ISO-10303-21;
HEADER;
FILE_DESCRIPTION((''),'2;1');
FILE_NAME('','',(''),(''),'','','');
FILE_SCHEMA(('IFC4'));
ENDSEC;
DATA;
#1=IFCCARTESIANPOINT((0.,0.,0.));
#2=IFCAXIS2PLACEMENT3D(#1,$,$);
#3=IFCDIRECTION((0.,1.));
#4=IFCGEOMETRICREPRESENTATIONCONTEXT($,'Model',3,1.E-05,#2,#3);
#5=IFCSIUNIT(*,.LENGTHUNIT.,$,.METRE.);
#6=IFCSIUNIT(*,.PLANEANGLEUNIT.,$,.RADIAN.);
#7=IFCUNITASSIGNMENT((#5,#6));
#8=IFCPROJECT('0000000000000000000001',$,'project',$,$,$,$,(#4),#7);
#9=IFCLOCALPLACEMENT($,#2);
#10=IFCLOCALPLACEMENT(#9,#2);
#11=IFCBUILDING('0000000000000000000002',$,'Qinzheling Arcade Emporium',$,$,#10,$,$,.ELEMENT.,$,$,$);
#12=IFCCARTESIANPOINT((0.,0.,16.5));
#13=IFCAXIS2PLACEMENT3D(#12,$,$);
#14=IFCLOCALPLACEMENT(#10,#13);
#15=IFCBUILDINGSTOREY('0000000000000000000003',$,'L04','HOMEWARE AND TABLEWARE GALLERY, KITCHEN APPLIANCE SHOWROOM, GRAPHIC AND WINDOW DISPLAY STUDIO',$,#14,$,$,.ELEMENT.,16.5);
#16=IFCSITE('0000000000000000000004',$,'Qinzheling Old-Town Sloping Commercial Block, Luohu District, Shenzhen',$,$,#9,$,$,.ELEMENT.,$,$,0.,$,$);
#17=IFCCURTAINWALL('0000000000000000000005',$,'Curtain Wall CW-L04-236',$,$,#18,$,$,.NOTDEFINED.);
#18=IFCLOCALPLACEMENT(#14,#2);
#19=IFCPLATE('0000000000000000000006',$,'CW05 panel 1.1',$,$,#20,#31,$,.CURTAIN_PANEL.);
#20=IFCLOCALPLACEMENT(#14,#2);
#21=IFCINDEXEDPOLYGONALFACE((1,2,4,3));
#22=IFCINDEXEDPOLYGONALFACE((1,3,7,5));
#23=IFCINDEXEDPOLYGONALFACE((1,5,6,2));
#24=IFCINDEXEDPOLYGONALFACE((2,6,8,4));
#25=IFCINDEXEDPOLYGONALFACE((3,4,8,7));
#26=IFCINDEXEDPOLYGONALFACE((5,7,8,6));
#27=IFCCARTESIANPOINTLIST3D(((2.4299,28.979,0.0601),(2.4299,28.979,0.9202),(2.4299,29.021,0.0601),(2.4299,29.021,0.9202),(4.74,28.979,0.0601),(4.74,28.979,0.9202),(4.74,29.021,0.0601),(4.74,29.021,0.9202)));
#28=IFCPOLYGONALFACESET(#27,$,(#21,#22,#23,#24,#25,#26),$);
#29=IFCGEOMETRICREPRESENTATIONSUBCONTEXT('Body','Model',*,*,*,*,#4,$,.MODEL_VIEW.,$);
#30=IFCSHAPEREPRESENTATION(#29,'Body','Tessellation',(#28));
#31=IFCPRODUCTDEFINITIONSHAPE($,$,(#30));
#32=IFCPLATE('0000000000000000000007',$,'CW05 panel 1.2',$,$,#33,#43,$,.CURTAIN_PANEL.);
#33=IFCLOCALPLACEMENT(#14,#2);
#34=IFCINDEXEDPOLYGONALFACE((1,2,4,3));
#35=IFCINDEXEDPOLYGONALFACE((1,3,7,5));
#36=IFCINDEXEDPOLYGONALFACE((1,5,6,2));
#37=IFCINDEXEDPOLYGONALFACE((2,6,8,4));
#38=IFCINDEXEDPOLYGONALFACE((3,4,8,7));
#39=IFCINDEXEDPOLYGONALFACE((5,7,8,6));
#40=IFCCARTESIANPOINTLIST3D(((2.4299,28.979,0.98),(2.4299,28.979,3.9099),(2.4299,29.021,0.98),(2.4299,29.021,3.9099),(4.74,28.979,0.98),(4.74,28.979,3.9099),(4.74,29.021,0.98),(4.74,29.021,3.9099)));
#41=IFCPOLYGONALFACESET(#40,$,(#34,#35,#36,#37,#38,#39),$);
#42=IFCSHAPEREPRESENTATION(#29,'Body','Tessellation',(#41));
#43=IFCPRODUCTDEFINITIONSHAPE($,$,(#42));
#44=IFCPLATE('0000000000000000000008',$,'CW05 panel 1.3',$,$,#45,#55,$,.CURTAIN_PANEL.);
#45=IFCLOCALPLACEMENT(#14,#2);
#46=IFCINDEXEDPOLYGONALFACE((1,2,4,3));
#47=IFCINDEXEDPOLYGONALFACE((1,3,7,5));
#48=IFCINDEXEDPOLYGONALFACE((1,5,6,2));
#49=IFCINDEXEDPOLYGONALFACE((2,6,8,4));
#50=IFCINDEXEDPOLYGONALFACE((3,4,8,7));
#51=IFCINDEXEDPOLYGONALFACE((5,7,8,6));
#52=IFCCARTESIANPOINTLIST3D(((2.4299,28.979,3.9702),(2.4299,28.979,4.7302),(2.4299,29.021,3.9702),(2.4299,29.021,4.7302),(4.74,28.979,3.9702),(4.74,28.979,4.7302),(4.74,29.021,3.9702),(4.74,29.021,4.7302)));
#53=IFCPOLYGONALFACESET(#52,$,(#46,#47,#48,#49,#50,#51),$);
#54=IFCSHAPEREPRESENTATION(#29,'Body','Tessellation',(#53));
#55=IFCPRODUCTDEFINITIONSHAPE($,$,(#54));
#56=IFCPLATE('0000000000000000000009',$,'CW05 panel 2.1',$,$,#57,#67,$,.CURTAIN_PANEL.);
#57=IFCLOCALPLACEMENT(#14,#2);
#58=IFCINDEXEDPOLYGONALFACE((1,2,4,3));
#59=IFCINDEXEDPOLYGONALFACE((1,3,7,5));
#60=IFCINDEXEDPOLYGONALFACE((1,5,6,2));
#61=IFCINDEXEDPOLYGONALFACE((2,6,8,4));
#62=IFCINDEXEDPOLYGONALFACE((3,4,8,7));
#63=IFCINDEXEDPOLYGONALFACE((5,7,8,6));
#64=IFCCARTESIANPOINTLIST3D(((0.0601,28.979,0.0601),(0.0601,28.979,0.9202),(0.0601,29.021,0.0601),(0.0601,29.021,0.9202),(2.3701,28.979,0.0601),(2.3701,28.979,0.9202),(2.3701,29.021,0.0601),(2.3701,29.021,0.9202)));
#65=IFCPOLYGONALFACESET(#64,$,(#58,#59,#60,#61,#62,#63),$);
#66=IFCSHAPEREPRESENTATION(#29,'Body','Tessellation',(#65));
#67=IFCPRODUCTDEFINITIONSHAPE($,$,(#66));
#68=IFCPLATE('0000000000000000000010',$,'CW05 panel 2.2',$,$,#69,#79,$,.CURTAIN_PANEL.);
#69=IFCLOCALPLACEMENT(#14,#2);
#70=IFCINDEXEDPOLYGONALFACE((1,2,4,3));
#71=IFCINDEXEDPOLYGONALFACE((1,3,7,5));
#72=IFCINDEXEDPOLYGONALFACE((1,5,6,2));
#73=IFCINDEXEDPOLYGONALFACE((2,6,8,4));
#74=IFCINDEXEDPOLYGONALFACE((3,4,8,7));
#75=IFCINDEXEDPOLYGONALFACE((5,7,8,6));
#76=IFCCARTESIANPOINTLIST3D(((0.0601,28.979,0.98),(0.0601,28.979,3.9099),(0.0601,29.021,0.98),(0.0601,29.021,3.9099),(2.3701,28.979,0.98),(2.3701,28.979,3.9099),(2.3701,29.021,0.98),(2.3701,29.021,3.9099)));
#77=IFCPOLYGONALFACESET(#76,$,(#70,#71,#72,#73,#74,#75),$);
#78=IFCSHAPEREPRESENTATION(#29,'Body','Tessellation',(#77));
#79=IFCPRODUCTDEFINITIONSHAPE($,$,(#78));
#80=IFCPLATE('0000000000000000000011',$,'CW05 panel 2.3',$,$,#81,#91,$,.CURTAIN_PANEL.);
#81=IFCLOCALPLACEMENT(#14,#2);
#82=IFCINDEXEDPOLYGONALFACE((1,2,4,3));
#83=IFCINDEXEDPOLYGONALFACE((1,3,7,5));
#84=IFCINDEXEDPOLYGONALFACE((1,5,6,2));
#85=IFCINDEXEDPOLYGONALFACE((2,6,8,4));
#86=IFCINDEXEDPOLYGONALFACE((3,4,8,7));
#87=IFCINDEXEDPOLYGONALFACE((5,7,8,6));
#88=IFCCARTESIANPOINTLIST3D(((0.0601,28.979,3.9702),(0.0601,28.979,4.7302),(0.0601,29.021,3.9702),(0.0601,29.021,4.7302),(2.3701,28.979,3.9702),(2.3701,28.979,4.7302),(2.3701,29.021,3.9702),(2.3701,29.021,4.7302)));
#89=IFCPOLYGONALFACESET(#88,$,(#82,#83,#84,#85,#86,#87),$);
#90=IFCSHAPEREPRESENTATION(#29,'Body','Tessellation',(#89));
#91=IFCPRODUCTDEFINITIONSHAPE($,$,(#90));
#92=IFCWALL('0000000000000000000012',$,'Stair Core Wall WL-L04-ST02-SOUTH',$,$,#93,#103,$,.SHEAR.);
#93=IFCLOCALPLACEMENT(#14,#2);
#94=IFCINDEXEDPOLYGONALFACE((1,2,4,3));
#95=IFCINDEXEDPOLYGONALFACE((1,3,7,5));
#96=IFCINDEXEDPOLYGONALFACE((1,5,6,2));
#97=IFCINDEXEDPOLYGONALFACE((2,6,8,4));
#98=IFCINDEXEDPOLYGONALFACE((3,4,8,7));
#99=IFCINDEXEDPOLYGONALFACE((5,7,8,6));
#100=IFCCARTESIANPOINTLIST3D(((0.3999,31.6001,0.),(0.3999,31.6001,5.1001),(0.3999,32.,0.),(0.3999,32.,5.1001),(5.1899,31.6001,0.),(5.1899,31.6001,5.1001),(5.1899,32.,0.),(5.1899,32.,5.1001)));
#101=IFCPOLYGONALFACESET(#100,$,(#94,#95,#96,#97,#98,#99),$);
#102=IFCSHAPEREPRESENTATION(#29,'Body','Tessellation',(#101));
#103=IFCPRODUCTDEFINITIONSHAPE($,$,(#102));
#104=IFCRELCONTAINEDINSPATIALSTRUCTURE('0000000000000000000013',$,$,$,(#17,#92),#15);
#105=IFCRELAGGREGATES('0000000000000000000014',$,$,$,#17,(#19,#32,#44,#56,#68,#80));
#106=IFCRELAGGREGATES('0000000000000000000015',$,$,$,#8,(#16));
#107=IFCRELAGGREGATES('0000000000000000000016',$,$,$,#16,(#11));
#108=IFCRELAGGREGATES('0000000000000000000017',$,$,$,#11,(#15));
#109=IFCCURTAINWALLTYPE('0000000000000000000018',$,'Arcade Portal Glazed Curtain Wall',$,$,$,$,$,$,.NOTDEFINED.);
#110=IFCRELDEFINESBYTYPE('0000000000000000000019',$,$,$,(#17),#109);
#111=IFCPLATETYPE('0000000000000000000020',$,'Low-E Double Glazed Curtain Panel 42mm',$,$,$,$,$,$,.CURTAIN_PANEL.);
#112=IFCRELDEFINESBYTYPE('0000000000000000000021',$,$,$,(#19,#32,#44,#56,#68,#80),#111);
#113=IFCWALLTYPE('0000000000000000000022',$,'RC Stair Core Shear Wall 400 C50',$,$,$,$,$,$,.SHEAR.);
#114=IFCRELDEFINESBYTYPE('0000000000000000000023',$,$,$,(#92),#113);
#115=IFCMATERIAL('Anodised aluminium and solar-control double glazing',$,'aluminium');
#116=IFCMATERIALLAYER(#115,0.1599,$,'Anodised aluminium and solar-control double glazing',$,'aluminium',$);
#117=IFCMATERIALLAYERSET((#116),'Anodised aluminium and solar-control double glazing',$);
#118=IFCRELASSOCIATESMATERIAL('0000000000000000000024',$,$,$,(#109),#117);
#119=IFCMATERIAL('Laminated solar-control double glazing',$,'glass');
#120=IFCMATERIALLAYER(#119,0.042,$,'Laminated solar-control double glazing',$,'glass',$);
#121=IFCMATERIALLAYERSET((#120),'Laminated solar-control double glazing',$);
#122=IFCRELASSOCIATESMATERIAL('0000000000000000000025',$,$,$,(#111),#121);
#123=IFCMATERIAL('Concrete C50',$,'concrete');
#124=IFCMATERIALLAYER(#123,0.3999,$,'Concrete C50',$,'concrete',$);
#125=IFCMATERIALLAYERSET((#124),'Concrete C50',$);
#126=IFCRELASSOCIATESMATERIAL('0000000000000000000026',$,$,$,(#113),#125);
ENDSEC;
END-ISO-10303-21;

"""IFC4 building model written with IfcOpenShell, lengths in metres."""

from ifc_helpers import new_model, si_unit, direction, frame, frame_2d, origin, origin_2d, place, context, subcontext, project, spatial, rectangle, extrude, material, layer, layer_set, type_object, element, aggregate, save


model = new_model("IFC4")

# Units and contexts
model_context = context("Model", 3, precision=1e-05, world=origin(), true_north=direction((0.0, 1.0)))
body_context = subcontext(model_context, "Body", "Model", "MODEL_VIEW")
ifc_project = project(units=[si_unit("LENGTHUNIT", "METRE"), si_unit("PLANEANGLEUNIT", "RADIAN")], contexts=[model_context])

# Site, building, storey
site_placement = place(None, origin())
site = spatial("IfcSite", under=ifc_project, at=site_placement, Name="Qinzheling Old-Town Sloping Commercial Block, Luohu District, Shenzhen", CompositionType="ELEMENT", RefElevation=0.0)
building_placement = place(site_placement, origin())
building = spatial("IfcBuilding", under=site, at=building_placement, Name="Qinzheling Arcade Emporium", CompositionType="ELEMENT")
storey_placement = place(building_placement, frame((0.0, 0.0, 16.5)))
storey = spatial("IfcBuildingStorey", under=building, at=storey_placement, Name="L04", Description="HOMEWARE AND TABLEWARE GALLERY, KITCHEN APPLIANCE SHOWROOM, GRAPHIC AND WINDOW DISPLAY STUDIO", CompositionType="ELEMENT", Elevation=16.5)

# Shared definitions
ifc_material_1 = material(Name="Anodised aluminium and solar-control double glazing", Category="aluminium")
ifc_layer_1 = layer(ifc_material_1, 0.1599, Name="Anodised aluminium and solar-control double glazing", Category="aluminium")
ifc_layer_set_1 = layer_set([ifc_layer_1], Name="Anodised aluminium and solar-control double glazing")
curtain_wall_type = type_object("IfcCurtainWallType", Name="Arcade Portal Glazed Curtain Wall", PredefinedType="NOTDEFINED", material=ifc_layer_set_1)

# Curtain wall
curtain_wall_1_placement = place(storey_placement, origin())
curtain_wall_1 = element("IfcCurtainWall", 1, at=curtain_wall_1_placement, inside=storey, type_object=curtain_wall_type, Name="Curtain Wall CW-L04-236", PredefinedType="NOTDEFINED")

# Plates
ifc_material_2 = material(Name="Laminated solar-control double glazing", Category="glass")
ifc_layer_2 = layer(ifc_material_2, 0.042, Name="Laminated solar-control double glazing", Category="glass")
ifc_layer_set_2 = layer_set([ifc_layer_2], Name="Laminated solar-control double glazing")
plate_type_1 = type_object("IfcPlateType", Name="Low-E Double Glazed Curtain Panel 42mm", PredefinedType="CURTAIN_PANEL", material=ifc_layer_set_2)
plate_1_placement = place(storey_placement, frame((3.585, 29.0, 0.0601), z_axis=(0.0, 0.0, 1.0), x_axis=(-1.0, 0.0, 0.0)))
plate_1 = element("IfcPlate", 2, at=plate_1_placement, type_object=plate_type_1, Name="CW05 panel 1.1", PredefinedType="CURTAIN_PANEL", context=body_context, shape_type="SweptSolid", body=[
    extrude(rectangle(XDim=2.3101, YDim=0.042, at=origin_2d()), origin(), (0.0, 0.0, 1.0), 0.8601),
])
plate_2_placement = place(storey_placement, frame((3.585, 29.0, 0.98), z_axis=(0.0, 0.0, 1.0), x_axis=(-1.0, 0.0, 0.0)))
plate_2 = element("IfcPlate", 3, at=plate_2_placement, type_object=plate_type_1, Name="CW05 panel 1.2", PredefinedType="CURTAIN_PANEL", context=body_context, shape_type="SweptSolid", body=[
    extrude(rectangle(XDim=2.3101, YDim=0.042, at=origin_2d()), origin(), (0.0, 0.0, 1.0), 2.9299),
])
plate_3_placement = place(storey_placement, frame((3.585, 29.0, 3.9702), z_axis=(0.0, 0.0, 1.0), x_axis=(-1.0, 0.0, 0.0)))
plate_3 = element("IfcPlate", 4, at=plate_3_placement, type_object=plate_type_1, Name="CW05 panel 1.3", PredefinedType="CURTAIN_PANEL", context=body_context, shape_type="SweptSolid", body=[
    extrude(rectangle(XDim=2.3101, YDim=0.042, at=origin_2d()), origin(), (0.0, 0.0, 1.0), 0.76),
])
plate_4_placement = place(storey_placement, frame((1.2151, 29.0, 0.0601), z_axis=(0.0, 0.0, 1.0), x_axis=(-1.0, 0.0, 0.0)))
plate_4 = element("IfcPlate", 5, at=plate_4_placement, type_object=plate_type_1, Name="CW05 panel 2.1", PredefinedType="CURTAIN_PANEL", context=body_context, shape_type="SweptSolid", body=[
    extrude(rectangle(XDim=2.3101, YDim=0.042, at=origin_2d()), origin(), (0.0, 0.0, 1.0), 0.8601),
])
plate_5_placement = place(storey_placement, frame((1.2151, 29.0, 0.98), z_axis=(0.0, 0.0, 1.0), x_axis=(-1.0, 0.0, 0.0)))
plate_5 = element("IfcPlate", 6, at=plate_5_placement, type_object=plate_type_1, Name="CW05 panel 2.2", PredefinedType="CURTAIN_PANEL", context=body_context, shape_type="SweptSolid", body=[
    extrude(rectangle(XDim=2.3101, YDim=0.042, at=origin_2d()), origin(), (0.0, 0.0, 1.0), 2.9299),
])
plate_6_placement = place(storey_placement, frame((1.2151, 29.0, 3.9702), z_axis=(0.0, 0.0, 1.0), x_axis=(-1.0, 0.0, 0.0)))
plate_6 = element("IfcPlate", 7, at=plate_6_placement, type_object=plate_type_1, Name="CW05 panel 2.3", PredefinedType="CURTAIN_PANEL", context=body_context, shape_type="SweptSolid", body=[
    extrude(rectangle(XDim=2.3101, YDim=0.042, at=origin_2d()), origin(), (0.0, 0.0, 1.0), 0.76),
])
aggregate(curtain_wall_1, [plate_1, plate_2, plate_3, plate_4, plate_5, plate_6])

# Wall
ifc_material_3 = material(Name="Concrete C50", Category="concrete")
ifc_layer_3 = layer(ifc_material_3, 0.3999, Name="Concrete C50", Category="concrete")
ifc_layer_set_3 = layer_set([ifc_layer_3], Name="Concrete C50")
wall_type = type_object("IfcWallType", Name="RC Stair Core Shear Wall 400 C50", PredefinedType="SHEAR", material=ifc_layer_set_3)
wall_placement = place(storey_placement, frame((5.1899, 31.8, 0.0), z_axis=(0.0, 0.0, 1.0), x_axis=(-1.0, 0.0, 0.0)))
element("IfcWall", 8, at=wall_placement, inside=storey, type_object=wall_type, Name="Stair Core Wall WL-L04-ST02-SOUTH", PredefinedType="SHEAR", context=body_context, shape_type="SweptSolid", body=[
    extrude(rectangle(XDim=4.79, YDim=0.3999, at=frame_2d((2.395, 0.0))), origin(), (0.0, 0.0, 1.0), 5.1001),
])

save(model, "model.ifc")
